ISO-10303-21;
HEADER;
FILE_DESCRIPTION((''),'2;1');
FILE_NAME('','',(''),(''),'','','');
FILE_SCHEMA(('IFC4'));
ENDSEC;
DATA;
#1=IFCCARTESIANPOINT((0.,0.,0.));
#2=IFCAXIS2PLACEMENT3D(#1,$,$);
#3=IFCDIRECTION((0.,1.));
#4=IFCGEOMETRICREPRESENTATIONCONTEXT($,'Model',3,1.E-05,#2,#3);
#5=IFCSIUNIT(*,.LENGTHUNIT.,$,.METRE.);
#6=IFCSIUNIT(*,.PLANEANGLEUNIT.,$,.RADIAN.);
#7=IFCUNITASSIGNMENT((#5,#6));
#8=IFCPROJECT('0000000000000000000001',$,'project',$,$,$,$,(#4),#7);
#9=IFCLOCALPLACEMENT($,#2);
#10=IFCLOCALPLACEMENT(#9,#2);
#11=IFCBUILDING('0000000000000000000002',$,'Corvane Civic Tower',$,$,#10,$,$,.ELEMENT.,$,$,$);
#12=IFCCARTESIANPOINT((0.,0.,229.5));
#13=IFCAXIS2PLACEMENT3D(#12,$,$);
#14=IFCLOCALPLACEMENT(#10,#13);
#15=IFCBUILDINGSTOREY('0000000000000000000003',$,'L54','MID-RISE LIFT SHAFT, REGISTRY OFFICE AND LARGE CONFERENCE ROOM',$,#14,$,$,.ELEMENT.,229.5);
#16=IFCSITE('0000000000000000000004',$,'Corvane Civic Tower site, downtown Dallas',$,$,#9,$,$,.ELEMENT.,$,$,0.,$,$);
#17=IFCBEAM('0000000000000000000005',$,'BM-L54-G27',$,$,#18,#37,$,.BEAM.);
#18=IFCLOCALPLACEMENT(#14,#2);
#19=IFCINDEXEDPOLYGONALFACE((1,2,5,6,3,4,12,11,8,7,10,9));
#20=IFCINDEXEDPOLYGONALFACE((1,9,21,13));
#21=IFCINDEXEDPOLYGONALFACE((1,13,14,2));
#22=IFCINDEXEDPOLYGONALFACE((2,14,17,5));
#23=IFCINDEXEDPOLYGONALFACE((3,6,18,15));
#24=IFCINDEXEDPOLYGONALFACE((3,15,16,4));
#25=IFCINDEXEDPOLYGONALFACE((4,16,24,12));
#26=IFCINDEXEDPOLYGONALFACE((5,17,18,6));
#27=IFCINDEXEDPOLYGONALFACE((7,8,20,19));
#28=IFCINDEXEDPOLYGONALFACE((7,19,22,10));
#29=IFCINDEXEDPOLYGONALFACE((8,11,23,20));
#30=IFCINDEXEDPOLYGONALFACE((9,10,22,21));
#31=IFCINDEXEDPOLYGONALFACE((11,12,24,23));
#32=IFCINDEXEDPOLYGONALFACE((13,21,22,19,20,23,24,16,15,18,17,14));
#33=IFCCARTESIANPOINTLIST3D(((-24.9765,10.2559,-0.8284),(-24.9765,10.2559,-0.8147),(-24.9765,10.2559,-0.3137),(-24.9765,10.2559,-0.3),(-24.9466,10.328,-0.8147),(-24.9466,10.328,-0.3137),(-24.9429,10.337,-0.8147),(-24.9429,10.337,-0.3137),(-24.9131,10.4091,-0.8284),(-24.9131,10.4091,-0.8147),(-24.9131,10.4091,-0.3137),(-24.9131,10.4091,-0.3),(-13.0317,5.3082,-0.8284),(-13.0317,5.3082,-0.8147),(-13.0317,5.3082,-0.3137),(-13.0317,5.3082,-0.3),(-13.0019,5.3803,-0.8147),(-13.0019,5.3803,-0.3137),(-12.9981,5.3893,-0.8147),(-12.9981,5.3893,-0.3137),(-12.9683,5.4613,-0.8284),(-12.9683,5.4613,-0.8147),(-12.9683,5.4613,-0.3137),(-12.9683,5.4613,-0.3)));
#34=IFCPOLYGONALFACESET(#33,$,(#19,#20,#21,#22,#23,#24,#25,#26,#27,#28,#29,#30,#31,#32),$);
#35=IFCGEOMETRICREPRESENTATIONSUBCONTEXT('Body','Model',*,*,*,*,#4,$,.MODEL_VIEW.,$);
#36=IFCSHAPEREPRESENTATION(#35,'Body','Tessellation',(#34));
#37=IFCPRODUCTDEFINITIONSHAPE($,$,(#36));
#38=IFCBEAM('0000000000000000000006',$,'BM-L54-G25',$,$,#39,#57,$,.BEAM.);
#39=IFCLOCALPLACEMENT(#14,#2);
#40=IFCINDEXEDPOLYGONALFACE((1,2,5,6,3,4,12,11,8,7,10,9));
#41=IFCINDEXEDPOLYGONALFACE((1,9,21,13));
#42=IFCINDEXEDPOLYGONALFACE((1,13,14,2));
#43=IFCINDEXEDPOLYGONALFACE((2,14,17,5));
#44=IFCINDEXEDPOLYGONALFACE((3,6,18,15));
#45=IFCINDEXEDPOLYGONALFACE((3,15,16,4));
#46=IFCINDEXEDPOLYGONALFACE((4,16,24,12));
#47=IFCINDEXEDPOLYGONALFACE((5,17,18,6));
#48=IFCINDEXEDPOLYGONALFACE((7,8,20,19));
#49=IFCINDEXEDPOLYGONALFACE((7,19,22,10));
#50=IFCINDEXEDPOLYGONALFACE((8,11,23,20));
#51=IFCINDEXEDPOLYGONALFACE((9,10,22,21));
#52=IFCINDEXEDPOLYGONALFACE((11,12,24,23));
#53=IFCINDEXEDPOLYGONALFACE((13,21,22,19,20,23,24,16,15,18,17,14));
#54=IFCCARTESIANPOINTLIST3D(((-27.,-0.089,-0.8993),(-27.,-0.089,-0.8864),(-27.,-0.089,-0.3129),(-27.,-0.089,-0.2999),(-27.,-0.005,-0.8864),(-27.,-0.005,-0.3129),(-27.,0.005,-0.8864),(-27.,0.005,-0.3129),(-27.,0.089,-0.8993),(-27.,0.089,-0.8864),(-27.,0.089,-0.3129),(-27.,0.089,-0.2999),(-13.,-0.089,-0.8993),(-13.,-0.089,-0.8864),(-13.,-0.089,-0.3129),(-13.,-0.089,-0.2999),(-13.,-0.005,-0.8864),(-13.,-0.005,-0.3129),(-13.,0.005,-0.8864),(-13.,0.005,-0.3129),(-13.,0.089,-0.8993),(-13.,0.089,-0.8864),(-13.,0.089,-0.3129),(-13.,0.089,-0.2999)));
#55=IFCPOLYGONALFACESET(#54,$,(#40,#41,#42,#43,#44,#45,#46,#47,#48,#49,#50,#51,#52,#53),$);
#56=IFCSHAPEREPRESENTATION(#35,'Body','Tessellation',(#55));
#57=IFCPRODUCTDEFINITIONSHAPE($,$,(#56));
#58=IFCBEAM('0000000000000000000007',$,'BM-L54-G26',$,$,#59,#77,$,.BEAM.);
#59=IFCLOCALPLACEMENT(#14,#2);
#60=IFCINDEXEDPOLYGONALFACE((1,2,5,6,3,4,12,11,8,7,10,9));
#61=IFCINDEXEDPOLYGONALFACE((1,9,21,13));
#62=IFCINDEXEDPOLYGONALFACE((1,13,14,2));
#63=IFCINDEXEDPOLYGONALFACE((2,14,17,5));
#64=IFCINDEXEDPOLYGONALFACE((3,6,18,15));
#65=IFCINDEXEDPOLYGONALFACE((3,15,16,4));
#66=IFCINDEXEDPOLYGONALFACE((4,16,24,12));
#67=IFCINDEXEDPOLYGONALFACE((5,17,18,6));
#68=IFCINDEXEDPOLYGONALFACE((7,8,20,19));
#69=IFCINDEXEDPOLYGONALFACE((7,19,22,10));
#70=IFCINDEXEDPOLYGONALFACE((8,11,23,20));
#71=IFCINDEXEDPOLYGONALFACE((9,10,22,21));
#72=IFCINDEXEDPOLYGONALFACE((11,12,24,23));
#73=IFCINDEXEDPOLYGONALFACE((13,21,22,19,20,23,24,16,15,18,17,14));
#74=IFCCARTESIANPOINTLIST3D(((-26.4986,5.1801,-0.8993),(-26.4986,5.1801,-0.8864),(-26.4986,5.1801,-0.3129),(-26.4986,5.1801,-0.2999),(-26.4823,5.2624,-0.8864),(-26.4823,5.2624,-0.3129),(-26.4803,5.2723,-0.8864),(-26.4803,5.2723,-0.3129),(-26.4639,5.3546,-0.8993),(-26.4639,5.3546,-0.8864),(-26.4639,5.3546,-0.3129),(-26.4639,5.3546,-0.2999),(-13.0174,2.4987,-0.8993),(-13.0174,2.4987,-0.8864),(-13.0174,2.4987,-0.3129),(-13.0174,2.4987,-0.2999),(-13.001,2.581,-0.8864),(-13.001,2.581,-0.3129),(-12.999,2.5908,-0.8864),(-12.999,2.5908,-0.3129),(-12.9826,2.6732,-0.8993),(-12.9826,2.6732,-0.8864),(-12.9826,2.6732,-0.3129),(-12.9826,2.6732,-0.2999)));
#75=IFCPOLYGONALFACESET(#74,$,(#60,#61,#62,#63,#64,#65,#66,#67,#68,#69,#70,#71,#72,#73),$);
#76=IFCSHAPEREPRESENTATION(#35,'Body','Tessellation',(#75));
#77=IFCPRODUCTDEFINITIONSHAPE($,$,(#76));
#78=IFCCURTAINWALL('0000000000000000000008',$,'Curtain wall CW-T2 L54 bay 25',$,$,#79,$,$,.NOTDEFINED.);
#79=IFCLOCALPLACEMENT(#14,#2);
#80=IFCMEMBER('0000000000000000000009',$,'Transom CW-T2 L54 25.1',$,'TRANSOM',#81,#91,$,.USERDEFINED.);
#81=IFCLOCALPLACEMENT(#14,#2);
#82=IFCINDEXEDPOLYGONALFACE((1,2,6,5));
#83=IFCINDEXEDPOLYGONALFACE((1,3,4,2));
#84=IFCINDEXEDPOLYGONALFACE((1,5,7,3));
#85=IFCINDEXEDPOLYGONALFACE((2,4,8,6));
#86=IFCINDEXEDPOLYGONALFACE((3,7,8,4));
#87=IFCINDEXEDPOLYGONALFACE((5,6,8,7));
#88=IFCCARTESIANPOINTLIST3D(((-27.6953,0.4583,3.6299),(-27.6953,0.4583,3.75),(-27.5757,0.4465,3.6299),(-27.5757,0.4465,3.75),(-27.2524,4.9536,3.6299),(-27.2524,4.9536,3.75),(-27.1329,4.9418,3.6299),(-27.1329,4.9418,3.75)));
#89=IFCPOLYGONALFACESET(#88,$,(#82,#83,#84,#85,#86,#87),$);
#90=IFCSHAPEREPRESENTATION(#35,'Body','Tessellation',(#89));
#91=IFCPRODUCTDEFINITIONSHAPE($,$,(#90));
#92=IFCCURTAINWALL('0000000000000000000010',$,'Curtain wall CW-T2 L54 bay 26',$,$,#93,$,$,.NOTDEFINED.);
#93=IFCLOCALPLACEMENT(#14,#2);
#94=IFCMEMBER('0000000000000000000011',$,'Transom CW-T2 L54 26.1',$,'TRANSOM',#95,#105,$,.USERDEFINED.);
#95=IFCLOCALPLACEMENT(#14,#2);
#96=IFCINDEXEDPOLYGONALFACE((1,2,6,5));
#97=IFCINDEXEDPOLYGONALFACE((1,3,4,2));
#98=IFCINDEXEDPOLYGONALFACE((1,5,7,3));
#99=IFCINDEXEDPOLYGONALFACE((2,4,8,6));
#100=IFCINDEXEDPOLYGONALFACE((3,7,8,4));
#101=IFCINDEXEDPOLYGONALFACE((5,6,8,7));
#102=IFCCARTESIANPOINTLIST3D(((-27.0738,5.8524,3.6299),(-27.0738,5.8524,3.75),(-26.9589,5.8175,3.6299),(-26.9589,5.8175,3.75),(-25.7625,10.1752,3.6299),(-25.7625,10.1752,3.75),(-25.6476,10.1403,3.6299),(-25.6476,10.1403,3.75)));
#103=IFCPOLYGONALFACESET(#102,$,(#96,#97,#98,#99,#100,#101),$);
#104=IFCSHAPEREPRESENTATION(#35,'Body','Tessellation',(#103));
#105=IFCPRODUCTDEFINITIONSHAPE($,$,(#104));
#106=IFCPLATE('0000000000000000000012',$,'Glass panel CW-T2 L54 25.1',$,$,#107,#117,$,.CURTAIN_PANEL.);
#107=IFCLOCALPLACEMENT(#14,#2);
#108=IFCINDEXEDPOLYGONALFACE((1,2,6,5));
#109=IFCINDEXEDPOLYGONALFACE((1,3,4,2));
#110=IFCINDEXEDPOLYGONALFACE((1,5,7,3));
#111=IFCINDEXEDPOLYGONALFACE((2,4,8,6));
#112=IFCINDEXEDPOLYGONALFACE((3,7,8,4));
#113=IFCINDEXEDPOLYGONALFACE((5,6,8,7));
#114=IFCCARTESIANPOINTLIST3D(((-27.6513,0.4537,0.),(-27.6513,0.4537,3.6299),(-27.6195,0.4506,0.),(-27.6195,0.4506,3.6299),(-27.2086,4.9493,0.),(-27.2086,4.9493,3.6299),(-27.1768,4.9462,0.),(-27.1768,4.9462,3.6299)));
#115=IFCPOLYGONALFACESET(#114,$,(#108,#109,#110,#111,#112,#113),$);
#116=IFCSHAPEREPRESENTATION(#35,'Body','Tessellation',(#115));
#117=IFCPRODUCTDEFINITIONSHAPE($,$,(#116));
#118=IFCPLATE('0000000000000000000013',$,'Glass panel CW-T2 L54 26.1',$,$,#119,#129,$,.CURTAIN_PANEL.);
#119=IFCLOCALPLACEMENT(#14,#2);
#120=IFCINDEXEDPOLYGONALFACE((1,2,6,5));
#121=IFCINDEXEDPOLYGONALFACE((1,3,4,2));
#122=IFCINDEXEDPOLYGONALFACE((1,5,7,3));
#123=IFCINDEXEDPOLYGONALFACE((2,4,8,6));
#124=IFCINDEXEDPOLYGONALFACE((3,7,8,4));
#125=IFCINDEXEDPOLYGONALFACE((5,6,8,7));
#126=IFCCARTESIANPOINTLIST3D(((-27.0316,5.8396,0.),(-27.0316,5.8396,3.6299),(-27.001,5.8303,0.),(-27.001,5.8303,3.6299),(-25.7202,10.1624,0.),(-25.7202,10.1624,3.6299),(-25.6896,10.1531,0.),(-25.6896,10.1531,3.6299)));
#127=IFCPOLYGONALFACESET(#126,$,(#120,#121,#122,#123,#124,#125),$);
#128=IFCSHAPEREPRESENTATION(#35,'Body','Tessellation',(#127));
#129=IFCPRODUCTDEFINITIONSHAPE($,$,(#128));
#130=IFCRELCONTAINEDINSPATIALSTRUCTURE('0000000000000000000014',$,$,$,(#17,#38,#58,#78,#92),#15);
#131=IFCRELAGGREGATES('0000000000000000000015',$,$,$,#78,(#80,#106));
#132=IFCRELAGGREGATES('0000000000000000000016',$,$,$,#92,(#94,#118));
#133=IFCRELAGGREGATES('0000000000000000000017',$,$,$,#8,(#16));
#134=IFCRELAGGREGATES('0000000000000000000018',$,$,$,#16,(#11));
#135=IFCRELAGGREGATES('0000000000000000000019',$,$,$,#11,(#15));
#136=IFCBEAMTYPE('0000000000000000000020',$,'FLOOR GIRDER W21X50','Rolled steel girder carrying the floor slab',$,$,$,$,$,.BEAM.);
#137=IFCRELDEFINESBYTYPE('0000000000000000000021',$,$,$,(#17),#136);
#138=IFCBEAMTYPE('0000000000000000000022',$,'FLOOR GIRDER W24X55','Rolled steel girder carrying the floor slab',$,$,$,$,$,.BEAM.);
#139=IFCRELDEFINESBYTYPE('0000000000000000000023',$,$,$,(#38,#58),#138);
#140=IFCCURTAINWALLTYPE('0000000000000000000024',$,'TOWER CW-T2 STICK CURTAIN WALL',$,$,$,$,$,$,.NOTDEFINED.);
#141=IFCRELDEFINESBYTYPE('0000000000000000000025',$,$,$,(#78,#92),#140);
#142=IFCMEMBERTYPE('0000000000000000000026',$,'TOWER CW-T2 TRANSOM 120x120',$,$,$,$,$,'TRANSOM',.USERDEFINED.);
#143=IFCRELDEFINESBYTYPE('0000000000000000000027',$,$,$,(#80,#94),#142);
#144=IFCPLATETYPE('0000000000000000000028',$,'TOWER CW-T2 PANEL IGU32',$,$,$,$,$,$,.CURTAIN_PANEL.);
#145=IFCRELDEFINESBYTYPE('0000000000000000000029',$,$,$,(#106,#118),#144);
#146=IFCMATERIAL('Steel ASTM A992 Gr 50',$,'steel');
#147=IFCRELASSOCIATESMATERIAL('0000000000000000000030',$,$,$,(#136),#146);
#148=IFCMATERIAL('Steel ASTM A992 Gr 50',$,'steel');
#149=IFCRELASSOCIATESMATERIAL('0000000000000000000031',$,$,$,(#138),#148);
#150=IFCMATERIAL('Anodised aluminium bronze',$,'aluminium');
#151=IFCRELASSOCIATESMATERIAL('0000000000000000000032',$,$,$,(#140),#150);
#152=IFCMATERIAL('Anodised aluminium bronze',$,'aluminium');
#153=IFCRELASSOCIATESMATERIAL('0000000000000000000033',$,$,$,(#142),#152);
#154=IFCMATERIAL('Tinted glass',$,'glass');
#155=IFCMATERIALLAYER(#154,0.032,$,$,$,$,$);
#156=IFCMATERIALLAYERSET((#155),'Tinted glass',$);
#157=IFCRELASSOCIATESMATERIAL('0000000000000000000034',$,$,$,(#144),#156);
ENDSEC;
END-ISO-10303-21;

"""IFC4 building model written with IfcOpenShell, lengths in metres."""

from ifc_helpers import new_model, si_unit, direction, frame, origin, origin_2d, place, context, subcontext, project, spatial, rectangle, i_section, extrude, material, layer, layer_set, material_profile, profile_set, type_object, element, aggregate, save


model = new_model("IFC4")

# Units and contexts
model_context = context("Model", 3, precision=1e-05, world=origin(), true_north=direction((0.0, 1.0)))
body_context = subcontext(model_context, "Body", "Model", "MODEL_VIEW")
ifc_project = project(units=[si_unit("LENGTHUNIT", "METRE"), si_unit("PLANEANGLEUNIT", "RADIAN")], contexts=[model_context])

# Site, building, storey
site_placement = place(None, origin())
site = spatial("IfcSite", under=ifc_project, at=site_placement, Name="Corvane Civic Tower site, downtown Dallas", CompositionType="ELEMENT", RefElevation=0.0)
building_placement = place(site_placement, origin())
building = spatial("IfcBuilding", under=site, at=building_placement, Name="Corvane Civic Tower", CompositionType="ELEMENT")
storey_placement = place(building_placement, frame((0.0, 0.0, 229.5)))
storey = spatial("IfcBuildingStorey", under=building, at=storey_placement, Name="L54", Description="MID-RISE LIFT SHAFT, REGISTRY OFFICE AND LARGE CONFERENCE ROOM", CompositionType="ELEMENT", Elevation=229.5)

# Beams
ifc_material_1 = material(Name="Steel ASTM A992 Gr 50", Category="steel")
ifc_material_profile_1 = material_profile(ifc_material_1, i_section(OverallWidth=0.1658, OverallDepth=0.5283, WebThickness=0.0098, FlangeThickness=0.0137, at=origin_2d()), Name="W21X50")
ifc_profile_set_1 = profile_set([ifc_material_profile_1], Name="Steel ASTM A992 Gr 50")
beam_type_1 = type_object("IfcBeamType", Name="FLOOR GIRDER W21X50", Description="Rolled steel girder carrying the floor slab", PredefinedType="BEAM", material=ifc_profile_set_1)
beam_1_placement = place(storey_placement, frame((-13.0, 5.3848, -0.5642), z_axis=(-0.923878, 0.382686, 0.0), x_axis=(-0.382686, -0.923878, 0.0)))
element("IfcBeam", 1, at=beam_1_placement, inside=storey, type_object=beam_type_1, Name="BM-L54-G27", PredefinedType="BEAM", context=body_context, shape_type="SweptSolid", body=[
    extrude(i_section(OverallWidth=0.1658, OverallDepth=0.5283, WebThickness=0.0098, FlangeThickness=0.0137, at=origin_2d()), origin(), (0.0, 0.0, 1.0), 12.929),
])
ifc_material_2 = material(Name="Steel ASTM A992 Gr 50", Category="steel")
ifc_material_profile_2 = material_profile(ifc_material_2, i_section(OverallWidth=0.178, OverallDepth=0.5994, WebThickness=0.01, FlangeThickness=0.0129, at=origin_2d()), Name="W24X55")
ifc_profile_set_2 = profile_set([ifc_material_profile_2], Name="Steel ASTM A992 Gr 50")
beam_type_2 = type_object("IfcBeamType", Name="FLOOR GIRDER W24X55", Description="Rolled steel girder carrying the floor slab", PredefinedType="BEAM", material=ifc_profile_set_2)
beam_2_placement = place(storey_placement, frame((-13.0, 0.0, -0.5996), z_axis=(-1.0, 0.0, 0.0), x_axis=(0.0, -1.0, 0.0)))
element("IfcBeam", 2, at=beam_2_placement, inside=storey, type_object=beam_type_2, Name="BM-L54-G25", PredefinedType="BEAM", context=body_context, shape_type="SweptSolid", body=[
    extrude(i_section(OverallWidth=0.178, OverallDepth=0.5994, WebThickness=0.01, FlangeThickness=0.0129, at=origin_2d()), origin(), (0.0, 0.0, 1.0), 14.0),
])
beam_3_placement = place(storey_placement, frame((-13.0, 2.5859, -0.5996), z_axis=(-0.980788, 0.195078, 0.0), x_axis=(-0.195078, -0.980788, 0.0)))
element("IfcBeam", 3, at=beam_3_placement, inside=storey, type_object=beam_type_2, Name="BM-L54-G26", PredefinedType="BEAM", context=body_context, shape_type="SweptSolid", body=[
    extrude(i_section(OverallWidth=0.178, OverallDepth=0.5994, WebThickness=0.01, FlangeThickness=0.0129, at=origin_2d()), origin(), (0.0, 0.0, 1.0), 13.7454),
])

# Curtain walls, members
ifc_material_3 = material(Name="Anodised aluminium bronze", Category="aluminium")
curtain_wall_type = type_object("IfcCurtainWallType", Name="TOWER CW-T2 STICK CURTAIN WALL", PredefinedType="NOTDEFINED", material=ifc_material_3)
curtain_wall_1_placement = place(storey_placement, origin())
curtain_wall_1 = element("IfcCurtainWall", 4, at=curtain_wall_1_placement, inside=storey, type_object=curtain_wall_type, Name="Curtain wall CW-T2 L54 bay 25", PredefinedType="NOTDEFINED")
ifc_material_4 = material(Name="Anodised aluminium bronze", Category="aluminium")
ifc_material_profile_3 = material_profile(ifc_material_4, rectangle(XDim=0.1201, YDim=0.1201, at=origin_2d()), Name="TOWER CW-T2 TRANSOM 120x120")
ifc_profile_set_3 = profile_set([ifc_material_profile_3], Name="Anodised aluminium bronze")
member_type = type_object("IfcMemberType", Name="TOWER CW-T2 TRANSOM 120x120", ElementType="TRANSOM", PredefinedType="USERDEFINED", material=ifc_profile_set_3)
member_1_placement = place(storey_placement, frame((-27.6355, 0.4524, 3.6899), z_axis=(0.098043, 0.995182, 0.0), x_axis=(-0.995182, 0.098043, 0.0)))
member_1 = element("IfcMember", 5, at=member_1_placement, type_object=member_type, Name="Transom CW-T2 L54 25.1", ObjectType="TRANSOM", PredefinedType="USERDEFINED", context=body_context, shape_type="SweptSolid", body=[
    extrude(rectangle(XDim=0.1201, YDim=0.1201, at=origin_2d()), origin(), (0.0, 0.0, 1.0), 4.5171),
])
curtain_wall_2_placement = place(storey_placement, origin())
curtain_wall_2 = element("IfcCurtainWall", 6, at=curtain_wall_2_placement, inside=storey, type_object=curtain_wall_type, Name="Curtain wall CW-T2 L54 bay 26", PredefinedType="NOTDEFINED")
member_2_placement = place(storey_placement, frame((-27.0164, 5.835, 3.6899), z_axis=(0.290282, 0.956941, 0.0), x_axis=(-0.956941, 0.290282, 0.0)))
member_2 = element("IfcMember", 7, at=member_2_placement, type_object=member_type, Name="Transom CW-T2 L54 26.1", ObjectType="TRANSOM", PredefinedType="USERDEFINED", context=body_context, shape_type="SweptSolid", body=[
    extrude(rectangle(XDim=0.1201, YDim=0.1201, at=origin_2d()), origin(), (0.0, 0.0, 1.0), 4.5173),
])

# Plates
ifc_material_5 = material(Name="Tinted glass", Category="glass")
ifc_layer_1 = layer(ifc_material_5, 0.032)
ifc_layer_set_1 = layer_set([ifc_layer_1], Name="Tinted glass")
plate_type = type_object("IfcPlateType", Name="TOWER CW-T2 PANEL IGU32", PredefinedType="CURTAIN_PANEL", material=ifc_layer_set_1)
plate_1_placement = place(storey_placement, frame((-27.4141, 2.7, 0.0), z_axis=(0.0, 0.0, 1.0), x_axis=(0.097993, 0.995187, 0.0)))
plate_1 = element("IfcPlate", 8, at=plate_1_placement, type_object=plate_type, Name="Glass panel CW-T2 L54 25.1", PredefinedType="CURTAIN_PANEL", context=body_context, shape_type="SweptSolid", body=[
    extrude(rectangle(XDim=4.5173, YDim=0.032, at=origin_2d()), origin(), (0.0, 0.0, 1.0), 3.6299),
])
aggregate(curtain_wall_1, [member_1, plate_1])
plate_2_placement = place(storey_placement, frame((-26.3606, 7.9963, 0.0), z_axis=(0.0, 0.0, 1.0), x_axis=(0.29029, 0.956939, 0.0)))
plate_2 = element("IfcPlate", 9, at=plate_2_placement, type_object=plate_type, Name="Glass panel CW-T2 L54 26.1", PredefinedType="CURTAIN_PANEL", context=body_context, shape_type="SweptSolid", body=[
    extrude(rectangle(XDim=4.5173, YDim=0.032, at=origin_2d()), origin(), (0.0, 0.0, 1.0), 3.6299),
])
aggregate(curtain_wall_2, [member_2, plate_2])

save(model, "model.ifc")
